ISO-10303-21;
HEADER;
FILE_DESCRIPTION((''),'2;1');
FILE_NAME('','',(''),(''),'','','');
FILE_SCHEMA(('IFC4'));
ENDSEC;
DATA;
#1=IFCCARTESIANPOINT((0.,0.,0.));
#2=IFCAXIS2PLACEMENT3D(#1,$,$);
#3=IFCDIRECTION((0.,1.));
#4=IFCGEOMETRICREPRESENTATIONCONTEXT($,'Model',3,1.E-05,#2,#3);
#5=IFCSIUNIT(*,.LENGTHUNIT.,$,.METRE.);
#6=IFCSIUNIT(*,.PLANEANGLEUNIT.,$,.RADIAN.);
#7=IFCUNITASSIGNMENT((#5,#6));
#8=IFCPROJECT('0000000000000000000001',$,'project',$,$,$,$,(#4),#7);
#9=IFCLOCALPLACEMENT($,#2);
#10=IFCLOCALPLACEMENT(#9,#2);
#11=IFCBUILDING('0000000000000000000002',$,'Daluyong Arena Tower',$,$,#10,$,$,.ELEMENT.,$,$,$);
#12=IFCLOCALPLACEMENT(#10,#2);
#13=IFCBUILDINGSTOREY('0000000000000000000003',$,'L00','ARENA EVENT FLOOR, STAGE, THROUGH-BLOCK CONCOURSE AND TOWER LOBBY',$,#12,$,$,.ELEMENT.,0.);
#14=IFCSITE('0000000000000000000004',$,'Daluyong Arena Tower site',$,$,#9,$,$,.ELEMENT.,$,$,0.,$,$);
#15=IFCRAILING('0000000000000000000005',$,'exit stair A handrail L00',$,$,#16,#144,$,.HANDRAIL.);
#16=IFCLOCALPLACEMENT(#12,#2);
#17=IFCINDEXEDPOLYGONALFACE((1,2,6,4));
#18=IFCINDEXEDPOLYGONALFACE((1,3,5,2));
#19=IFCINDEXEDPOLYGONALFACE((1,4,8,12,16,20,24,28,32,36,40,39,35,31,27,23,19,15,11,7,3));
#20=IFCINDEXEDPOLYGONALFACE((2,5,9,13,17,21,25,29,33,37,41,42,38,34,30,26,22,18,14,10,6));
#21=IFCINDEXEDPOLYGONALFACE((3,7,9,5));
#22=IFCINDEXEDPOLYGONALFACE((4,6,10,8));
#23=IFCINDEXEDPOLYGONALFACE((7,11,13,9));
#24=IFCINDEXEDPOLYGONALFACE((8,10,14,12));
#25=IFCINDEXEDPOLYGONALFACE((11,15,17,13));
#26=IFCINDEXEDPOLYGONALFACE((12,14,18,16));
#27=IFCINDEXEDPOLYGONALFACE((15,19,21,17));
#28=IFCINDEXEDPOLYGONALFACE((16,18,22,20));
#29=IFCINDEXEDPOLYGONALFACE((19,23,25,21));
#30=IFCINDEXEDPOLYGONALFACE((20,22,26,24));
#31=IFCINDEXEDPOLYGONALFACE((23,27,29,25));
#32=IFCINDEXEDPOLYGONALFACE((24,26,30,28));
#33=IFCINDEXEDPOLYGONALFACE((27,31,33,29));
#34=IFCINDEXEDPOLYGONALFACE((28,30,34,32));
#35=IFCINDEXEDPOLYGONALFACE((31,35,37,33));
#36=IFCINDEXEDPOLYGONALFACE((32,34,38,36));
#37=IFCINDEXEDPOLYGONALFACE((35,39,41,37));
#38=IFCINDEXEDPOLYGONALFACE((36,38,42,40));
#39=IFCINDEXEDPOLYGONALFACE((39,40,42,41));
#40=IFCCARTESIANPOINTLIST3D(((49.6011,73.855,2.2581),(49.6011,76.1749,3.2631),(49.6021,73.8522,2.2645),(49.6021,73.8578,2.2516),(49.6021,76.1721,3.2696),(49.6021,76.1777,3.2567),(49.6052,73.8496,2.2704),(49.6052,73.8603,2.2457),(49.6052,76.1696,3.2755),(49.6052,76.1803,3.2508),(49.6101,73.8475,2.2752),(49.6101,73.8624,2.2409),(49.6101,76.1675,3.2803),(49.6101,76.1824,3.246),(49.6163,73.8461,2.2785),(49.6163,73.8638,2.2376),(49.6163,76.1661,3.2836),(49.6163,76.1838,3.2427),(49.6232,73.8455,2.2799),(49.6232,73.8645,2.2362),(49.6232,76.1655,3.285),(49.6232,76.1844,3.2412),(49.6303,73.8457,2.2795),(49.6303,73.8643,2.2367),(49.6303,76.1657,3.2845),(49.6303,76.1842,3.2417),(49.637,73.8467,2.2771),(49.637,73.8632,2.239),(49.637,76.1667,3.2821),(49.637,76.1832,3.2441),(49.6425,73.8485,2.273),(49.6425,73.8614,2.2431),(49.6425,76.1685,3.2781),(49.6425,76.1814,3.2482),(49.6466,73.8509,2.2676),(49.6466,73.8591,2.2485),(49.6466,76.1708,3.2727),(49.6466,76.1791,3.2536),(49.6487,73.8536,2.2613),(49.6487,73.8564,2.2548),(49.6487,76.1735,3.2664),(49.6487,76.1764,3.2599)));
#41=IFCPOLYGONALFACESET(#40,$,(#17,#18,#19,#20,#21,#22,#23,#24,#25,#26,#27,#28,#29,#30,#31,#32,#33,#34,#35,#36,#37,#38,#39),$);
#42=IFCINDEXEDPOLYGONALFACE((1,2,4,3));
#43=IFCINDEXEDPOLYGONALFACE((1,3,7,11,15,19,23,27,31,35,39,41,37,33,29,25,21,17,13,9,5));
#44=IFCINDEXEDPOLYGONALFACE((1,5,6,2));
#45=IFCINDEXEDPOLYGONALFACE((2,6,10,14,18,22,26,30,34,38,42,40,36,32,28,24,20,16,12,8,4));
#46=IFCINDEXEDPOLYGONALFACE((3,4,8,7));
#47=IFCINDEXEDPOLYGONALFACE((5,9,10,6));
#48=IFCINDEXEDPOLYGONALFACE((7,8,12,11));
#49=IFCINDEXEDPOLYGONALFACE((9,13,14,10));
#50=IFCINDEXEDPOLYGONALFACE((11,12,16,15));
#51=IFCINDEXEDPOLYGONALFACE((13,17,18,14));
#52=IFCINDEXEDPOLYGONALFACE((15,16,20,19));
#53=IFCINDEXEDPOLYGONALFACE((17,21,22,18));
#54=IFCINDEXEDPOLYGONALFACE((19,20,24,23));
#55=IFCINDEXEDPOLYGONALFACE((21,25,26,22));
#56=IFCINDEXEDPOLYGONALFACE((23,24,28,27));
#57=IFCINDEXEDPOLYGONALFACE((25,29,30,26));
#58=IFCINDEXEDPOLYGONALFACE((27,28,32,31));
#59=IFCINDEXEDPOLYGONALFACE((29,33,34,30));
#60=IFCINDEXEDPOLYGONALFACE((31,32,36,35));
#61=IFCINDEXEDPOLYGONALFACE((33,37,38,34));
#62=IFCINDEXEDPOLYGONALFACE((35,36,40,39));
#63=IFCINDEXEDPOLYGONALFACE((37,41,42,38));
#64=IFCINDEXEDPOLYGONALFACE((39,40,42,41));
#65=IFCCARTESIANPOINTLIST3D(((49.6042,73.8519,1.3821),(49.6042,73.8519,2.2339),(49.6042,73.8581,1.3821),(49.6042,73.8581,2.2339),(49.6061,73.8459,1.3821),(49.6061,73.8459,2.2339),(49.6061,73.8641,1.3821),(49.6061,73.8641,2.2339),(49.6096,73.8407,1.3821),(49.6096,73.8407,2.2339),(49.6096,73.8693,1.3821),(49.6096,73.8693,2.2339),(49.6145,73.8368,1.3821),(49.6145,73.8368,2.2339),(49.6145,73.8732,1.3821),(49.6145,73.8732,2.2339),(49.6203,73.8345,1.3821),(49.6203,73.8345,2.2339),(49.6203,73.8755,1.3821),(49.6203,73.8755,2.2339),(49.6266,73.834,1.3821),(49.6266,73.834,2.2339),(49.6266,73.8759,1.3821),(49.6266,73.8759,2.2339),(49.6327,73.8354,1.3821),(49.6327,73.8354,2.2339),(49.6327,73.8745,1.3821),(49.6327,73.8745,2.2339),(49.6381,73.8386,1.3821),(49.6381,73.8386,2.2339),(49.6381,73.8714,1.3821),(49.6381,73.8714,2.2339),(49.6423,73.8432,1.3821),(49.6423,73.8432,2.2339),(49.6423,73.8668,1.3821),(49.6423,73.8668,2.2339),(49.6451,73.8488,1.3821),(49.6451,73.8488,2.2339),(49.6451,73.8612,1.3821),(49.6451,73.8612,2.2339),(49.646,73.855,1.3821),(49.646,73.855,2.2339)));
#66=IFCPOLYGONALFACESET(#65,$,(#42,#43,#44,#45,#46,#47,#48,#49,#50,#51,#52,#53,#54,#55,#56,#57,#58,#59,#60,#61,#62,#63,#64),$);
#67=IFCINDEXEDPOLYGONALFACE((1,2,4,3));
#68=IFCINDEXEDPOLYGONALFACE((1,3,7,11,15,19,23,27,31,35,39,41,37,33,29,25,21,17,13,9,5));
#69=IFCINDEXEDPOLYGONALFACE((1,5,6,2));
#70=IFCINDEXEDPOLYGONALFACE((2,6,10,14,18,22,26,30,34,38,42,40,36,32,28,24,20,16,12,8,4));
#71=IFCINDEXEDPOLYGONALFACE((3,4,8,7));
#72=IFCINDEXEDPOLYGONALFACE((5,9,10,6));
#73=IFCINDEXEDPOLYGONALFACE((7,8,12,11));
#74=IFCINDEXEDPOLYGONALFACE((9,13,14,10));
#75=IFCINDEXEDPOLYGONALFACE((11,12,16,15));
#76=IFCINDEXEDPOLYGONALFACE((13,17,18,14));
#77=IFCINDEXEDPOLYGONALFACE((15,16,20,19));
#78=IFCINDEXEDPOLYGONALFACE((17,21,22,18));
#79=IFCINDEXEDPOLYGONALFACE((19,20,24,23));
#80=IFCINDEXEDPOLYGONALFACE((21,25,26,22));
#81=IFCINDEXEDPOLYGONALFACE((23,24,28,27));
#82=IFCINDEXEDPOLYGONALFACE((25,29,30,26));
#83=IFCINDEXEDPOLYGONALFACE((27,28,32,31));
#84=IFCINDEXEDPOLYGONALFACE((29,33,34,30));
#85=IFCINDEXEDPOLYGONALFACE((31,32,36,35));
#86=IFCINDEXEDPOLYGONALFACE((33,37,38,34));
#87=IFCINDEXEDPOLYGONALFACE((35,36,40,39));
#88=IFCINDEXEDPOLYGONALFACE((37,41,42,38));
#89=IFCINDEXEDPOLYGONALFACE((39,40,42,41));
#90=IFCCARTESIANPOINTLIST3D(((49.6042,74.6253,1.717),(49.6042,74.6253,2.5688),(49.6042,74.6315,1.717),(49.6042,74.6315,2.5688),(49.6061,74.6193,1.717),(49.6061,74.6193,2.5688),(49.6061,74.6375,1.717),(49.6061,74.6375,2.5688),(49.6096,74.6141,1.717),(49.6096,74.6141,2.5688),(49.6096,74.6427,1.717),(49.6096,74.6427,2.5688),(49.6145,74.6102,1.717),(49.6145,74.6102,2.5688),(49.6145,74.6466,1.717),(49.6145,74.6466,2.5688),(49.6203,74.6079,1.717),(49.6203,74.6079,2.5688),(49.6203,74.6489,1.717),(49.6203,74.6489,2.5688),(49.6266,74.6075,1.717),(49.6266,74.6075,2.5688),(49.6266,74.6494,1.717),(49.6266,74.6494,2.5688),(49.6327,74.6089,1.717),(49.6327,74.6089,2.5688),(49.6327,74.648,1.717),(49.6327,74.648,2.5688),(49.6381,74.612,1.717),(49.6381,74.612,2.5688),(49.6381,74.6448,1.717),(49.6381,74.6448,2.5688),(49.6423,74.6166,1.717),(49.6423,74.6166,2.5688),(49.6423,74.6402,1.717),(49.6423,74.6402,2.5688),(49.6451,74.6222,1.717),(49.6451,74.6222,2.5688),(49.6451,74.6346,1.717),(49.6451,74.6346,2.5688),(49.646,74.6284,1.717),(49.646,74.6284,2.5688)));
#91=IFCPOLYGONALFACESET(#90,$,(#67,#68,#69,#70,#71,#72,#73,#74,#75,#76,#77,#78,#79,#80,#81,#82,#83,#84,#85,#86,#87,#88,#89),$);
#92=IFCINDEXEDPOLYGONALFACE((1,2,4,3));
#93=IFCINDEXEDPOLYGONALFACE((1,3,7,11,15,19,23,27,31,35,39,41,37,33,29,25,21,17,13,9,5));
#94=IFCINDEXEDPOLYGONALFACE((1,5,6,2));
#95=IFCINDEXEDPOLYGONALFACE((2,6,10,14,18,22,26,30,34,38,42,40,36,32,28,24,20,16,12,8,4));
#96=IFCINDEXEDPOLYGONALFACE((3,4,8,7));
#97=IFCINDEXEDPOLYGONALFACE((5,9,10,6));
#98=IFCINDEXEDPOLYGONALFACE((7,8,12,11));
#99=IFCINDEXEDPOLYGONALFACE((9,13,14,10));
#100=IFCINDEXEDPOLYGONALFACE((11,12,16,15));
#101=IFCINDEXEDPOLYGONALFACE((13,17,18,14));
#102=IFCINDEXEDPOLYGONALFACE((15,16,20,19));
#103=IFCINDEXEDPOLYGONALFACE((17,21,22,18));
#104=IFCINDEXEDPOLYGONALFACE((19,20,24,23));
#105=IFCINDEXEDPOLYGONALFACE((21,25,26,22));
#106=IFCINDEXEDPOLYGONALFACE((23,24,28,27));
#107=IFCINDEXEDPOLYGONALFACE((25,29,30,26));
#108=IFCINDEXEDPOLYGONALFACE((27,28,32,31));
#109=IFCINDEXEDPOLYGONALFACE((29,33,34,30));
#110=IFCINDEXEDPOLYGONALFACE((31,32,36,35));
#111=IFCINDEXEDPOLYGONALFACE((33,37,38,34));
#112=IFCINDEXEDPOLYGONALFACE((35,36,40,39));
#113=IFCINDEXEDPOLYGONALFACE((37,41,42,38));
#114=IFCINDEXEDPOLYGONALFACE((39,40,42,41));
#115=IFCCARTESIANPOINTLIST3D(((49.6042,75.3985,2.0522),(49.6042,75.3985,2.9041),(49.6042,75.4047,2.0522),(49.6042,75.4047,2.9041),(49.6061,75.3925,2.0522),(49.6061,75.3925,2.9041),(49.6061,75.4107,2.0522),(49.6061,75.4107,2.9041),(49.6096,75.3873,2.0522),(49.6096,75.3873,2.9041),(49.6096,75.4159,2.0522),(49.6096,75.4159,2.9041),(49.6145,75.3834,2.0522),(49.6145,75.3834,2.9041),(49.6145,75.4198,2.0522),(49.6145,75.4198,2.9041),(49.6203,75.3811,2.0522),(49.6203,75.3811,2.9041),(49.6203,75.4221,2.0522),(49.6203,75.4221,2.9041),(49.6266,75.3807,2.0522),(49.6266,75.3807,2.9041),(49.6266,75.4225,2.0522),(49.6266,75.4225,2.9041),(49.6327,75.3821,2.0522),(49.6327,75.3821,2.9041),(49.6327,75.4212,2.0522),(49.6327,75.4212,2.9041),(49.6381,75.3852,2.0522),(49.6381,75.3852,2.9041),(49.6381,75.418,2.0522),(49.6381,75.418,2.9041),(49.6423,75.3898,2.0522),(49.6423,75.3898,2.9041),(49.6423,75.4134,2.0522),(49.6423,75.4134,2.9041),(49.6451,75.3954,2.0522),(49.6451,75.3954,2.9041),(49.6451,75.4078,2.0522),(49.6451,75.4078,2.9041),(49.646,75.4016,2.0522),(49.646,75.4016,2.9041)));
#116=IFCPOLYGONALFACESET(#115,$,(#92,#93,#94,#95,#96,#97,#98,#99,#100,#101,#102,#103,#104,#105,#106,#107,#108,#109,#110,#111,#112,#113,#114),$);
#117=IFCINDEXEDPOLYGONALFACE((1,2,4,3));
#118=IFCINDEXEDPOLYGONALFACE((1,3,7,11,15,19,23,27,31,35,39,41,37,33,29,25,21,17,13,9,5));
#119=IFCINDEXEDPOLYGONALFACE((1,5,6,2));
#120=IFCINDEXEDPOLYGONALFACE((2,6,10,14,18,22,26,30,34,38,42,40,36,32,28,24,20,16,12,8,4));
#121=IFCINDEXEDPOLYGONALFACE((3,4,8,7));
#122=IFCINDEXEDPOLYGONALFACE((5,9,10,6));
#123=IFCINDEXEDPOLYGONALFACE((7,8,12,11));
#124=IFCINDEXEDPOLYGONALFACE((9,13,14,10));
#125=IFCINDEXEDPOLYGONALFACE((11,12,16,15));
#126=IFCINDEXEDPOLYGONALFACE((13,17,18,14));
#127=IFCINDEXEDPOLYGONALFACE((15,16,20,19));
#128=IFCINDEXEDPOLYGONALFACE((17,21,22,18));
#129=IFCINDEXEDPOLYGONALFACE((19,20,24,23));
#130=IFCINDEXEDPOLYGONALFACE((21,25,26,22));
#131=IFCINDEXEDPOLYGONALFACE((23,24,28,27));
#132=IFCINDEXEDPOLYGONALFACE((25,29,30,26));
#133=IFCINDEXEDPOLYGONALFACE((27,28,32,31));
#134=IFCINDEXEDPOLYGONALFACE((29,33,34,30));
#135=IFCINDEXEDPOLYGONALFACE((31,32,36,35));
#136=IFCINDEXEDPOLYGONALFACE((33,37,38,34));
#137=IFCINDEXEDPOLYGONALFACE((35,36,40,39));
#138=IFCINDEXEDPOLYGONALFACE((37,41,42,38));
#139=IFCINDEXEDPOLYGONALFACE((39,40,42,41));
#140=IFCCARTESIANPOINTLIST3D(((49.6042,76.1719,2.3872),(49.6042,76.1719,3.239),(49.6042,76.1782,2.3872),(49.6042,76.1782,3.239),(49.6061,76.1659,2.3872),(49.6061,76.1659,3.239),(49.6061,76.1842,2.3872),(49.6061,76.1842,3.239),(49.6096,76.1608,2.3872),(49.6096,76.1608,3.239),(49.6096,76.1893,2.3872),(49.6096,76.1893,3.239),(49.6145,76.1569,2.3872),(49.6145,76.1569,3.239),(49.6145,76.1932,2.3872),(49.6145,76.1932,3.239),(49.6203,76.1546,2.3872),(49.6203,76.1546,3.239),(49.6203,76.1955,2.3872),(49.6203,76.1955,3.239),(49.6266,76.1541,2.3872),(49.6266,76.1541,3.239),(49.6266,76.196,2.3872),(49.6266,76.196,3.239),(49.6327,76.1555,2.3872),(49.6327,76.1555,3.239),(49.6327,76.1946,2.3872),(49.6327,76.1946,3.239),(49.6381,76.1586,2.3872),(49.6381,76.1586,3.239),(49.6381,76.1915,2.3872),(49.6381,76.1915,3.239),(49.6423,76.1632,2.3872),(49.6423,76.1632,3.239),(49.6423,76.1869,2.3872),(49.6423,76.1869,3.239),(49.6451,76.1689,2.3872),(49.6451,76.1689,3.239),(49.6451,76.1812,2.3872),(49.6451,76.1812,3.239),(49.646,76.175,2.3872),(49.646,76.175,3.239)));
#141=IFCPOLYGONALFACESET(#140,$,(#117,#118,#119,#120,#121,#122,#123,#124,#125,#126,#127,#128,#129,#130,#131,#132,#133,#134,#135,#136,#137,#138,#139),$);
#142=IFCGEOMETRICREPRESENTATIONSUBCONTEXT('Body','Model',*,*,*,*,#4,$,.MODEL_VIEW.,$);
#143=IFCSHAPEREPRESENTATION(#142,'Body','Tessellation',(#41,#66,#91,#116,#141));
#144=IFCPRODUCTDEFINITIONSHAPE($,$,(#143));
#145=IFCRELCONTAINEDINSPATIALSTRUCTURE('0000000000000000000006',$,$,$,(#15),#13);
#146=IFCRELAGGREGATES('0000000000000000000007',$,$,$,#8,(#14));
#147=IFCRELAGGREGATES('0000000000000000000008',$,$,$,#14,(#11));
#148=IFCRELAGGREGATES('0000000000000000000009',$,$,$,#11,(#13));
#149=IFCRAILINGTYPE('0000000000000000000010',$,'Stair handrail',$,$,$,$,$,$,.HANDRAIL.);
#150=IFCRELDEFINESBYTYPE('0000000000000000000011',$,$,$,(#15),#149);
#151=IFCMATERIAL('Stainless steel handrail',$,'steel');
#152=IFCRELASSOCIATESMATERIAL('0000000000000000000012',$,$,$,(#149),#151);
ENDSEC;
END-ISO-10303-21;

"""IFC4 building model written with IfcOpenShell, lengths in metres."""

from ifc_helpers import new_model, si_unit, direction, frame, origin, origin_2d, place, context, subcontext, project, spatial, circle, extrude, material, type_object, element, save


model = new_model("IFC4")

# Units and contexts
model_context = context("Model", 3, precision=1e-05, world=origin(), true_north=direction((0.0, 1.0)))
body_context = subcontext(model_context, "Body", "Model", "MODEL_VIEW")
ifc_project = project(units=[si_unit("LENGTHUNIT", "METRE"), si_unit("PLANEANGLEUNIT", "RADIAN")], contexts=[model_context])

# Site, building, storey
site_placement = place(None, origin())
site = spatial("IfcSite", under=ifc_project, at=site_placement, Name="Daluyong Arena Tower site", CompositionType="ELEMENT", RefElevation=0.0)
building_placement = place(site_placement, origin())
building = spatial("IfcBuilding", under=site, at=building_placement, Name="Daluyong Arena Tower", CompositionType="ELEMENT")
storey_placement = place(building_placement, origin())
storey = spatial("IfcBuildingStorey", under=building, at=storey_placement, Name="L00", Description="ARENA EVENT FLOOR, STAGE, THROUGH-BLOCK CONCOURSE AND TOWER LOBBY", CompositionType="ELEMENT", Elevation=0.0)

# Railing
ifc_material_1 = material(Name="Stainless steel handrail", Category="steel")
railing_type_1 = type_object("IfcRailingType", Name="Stair handrail", PredefinedType="HANDRAIL", material=ifc_material_1)
railing_1_placement = place(storey_placement, frame((49.625, 73.855, 1.3821)))
element("IfcRailing", 1, at=railing_1_placement, inside=storey, type_object=railing_type_1, Name="exit stair A handrail L00", PredefinedType="HANDRAIL", context=body_context, shape_type="SweptSolid", body=[
    extrude(circle(Radius=0.0239, at=origin_2d()), frame((0.0, 0.0, 0.876), z_axis=(0.0, 0.91759, 0.397529), x_axis=(-1.0, 0.0, 0.0)), (0.0, 0.0, 1.0), 2.5283),
    extrude(circle(Radius=0.021, at=origin_2d()), origin(), (0.0, 0.0, 1.0), 0.8518),
    extrude(circle(Radius=0.021, at=origin_2d()), frame((0.0, 0.7734, 0.335)), (0.0, 0.0, 1.0), 0.8518),
    extrude(circle(Radius=0.021, at=origin_2d()), frame((0.0, 1.5466, 0.6702)), (0.0, 0.0, 1.0), 0.8518),
    extrude(circle(Radius=0.021, at=origin_2d()), frame((0.0, 2.3201, 1.0051)), (0.0, 0.0, 1.0), 0.8518),
])

save(model, "model.ifc")
